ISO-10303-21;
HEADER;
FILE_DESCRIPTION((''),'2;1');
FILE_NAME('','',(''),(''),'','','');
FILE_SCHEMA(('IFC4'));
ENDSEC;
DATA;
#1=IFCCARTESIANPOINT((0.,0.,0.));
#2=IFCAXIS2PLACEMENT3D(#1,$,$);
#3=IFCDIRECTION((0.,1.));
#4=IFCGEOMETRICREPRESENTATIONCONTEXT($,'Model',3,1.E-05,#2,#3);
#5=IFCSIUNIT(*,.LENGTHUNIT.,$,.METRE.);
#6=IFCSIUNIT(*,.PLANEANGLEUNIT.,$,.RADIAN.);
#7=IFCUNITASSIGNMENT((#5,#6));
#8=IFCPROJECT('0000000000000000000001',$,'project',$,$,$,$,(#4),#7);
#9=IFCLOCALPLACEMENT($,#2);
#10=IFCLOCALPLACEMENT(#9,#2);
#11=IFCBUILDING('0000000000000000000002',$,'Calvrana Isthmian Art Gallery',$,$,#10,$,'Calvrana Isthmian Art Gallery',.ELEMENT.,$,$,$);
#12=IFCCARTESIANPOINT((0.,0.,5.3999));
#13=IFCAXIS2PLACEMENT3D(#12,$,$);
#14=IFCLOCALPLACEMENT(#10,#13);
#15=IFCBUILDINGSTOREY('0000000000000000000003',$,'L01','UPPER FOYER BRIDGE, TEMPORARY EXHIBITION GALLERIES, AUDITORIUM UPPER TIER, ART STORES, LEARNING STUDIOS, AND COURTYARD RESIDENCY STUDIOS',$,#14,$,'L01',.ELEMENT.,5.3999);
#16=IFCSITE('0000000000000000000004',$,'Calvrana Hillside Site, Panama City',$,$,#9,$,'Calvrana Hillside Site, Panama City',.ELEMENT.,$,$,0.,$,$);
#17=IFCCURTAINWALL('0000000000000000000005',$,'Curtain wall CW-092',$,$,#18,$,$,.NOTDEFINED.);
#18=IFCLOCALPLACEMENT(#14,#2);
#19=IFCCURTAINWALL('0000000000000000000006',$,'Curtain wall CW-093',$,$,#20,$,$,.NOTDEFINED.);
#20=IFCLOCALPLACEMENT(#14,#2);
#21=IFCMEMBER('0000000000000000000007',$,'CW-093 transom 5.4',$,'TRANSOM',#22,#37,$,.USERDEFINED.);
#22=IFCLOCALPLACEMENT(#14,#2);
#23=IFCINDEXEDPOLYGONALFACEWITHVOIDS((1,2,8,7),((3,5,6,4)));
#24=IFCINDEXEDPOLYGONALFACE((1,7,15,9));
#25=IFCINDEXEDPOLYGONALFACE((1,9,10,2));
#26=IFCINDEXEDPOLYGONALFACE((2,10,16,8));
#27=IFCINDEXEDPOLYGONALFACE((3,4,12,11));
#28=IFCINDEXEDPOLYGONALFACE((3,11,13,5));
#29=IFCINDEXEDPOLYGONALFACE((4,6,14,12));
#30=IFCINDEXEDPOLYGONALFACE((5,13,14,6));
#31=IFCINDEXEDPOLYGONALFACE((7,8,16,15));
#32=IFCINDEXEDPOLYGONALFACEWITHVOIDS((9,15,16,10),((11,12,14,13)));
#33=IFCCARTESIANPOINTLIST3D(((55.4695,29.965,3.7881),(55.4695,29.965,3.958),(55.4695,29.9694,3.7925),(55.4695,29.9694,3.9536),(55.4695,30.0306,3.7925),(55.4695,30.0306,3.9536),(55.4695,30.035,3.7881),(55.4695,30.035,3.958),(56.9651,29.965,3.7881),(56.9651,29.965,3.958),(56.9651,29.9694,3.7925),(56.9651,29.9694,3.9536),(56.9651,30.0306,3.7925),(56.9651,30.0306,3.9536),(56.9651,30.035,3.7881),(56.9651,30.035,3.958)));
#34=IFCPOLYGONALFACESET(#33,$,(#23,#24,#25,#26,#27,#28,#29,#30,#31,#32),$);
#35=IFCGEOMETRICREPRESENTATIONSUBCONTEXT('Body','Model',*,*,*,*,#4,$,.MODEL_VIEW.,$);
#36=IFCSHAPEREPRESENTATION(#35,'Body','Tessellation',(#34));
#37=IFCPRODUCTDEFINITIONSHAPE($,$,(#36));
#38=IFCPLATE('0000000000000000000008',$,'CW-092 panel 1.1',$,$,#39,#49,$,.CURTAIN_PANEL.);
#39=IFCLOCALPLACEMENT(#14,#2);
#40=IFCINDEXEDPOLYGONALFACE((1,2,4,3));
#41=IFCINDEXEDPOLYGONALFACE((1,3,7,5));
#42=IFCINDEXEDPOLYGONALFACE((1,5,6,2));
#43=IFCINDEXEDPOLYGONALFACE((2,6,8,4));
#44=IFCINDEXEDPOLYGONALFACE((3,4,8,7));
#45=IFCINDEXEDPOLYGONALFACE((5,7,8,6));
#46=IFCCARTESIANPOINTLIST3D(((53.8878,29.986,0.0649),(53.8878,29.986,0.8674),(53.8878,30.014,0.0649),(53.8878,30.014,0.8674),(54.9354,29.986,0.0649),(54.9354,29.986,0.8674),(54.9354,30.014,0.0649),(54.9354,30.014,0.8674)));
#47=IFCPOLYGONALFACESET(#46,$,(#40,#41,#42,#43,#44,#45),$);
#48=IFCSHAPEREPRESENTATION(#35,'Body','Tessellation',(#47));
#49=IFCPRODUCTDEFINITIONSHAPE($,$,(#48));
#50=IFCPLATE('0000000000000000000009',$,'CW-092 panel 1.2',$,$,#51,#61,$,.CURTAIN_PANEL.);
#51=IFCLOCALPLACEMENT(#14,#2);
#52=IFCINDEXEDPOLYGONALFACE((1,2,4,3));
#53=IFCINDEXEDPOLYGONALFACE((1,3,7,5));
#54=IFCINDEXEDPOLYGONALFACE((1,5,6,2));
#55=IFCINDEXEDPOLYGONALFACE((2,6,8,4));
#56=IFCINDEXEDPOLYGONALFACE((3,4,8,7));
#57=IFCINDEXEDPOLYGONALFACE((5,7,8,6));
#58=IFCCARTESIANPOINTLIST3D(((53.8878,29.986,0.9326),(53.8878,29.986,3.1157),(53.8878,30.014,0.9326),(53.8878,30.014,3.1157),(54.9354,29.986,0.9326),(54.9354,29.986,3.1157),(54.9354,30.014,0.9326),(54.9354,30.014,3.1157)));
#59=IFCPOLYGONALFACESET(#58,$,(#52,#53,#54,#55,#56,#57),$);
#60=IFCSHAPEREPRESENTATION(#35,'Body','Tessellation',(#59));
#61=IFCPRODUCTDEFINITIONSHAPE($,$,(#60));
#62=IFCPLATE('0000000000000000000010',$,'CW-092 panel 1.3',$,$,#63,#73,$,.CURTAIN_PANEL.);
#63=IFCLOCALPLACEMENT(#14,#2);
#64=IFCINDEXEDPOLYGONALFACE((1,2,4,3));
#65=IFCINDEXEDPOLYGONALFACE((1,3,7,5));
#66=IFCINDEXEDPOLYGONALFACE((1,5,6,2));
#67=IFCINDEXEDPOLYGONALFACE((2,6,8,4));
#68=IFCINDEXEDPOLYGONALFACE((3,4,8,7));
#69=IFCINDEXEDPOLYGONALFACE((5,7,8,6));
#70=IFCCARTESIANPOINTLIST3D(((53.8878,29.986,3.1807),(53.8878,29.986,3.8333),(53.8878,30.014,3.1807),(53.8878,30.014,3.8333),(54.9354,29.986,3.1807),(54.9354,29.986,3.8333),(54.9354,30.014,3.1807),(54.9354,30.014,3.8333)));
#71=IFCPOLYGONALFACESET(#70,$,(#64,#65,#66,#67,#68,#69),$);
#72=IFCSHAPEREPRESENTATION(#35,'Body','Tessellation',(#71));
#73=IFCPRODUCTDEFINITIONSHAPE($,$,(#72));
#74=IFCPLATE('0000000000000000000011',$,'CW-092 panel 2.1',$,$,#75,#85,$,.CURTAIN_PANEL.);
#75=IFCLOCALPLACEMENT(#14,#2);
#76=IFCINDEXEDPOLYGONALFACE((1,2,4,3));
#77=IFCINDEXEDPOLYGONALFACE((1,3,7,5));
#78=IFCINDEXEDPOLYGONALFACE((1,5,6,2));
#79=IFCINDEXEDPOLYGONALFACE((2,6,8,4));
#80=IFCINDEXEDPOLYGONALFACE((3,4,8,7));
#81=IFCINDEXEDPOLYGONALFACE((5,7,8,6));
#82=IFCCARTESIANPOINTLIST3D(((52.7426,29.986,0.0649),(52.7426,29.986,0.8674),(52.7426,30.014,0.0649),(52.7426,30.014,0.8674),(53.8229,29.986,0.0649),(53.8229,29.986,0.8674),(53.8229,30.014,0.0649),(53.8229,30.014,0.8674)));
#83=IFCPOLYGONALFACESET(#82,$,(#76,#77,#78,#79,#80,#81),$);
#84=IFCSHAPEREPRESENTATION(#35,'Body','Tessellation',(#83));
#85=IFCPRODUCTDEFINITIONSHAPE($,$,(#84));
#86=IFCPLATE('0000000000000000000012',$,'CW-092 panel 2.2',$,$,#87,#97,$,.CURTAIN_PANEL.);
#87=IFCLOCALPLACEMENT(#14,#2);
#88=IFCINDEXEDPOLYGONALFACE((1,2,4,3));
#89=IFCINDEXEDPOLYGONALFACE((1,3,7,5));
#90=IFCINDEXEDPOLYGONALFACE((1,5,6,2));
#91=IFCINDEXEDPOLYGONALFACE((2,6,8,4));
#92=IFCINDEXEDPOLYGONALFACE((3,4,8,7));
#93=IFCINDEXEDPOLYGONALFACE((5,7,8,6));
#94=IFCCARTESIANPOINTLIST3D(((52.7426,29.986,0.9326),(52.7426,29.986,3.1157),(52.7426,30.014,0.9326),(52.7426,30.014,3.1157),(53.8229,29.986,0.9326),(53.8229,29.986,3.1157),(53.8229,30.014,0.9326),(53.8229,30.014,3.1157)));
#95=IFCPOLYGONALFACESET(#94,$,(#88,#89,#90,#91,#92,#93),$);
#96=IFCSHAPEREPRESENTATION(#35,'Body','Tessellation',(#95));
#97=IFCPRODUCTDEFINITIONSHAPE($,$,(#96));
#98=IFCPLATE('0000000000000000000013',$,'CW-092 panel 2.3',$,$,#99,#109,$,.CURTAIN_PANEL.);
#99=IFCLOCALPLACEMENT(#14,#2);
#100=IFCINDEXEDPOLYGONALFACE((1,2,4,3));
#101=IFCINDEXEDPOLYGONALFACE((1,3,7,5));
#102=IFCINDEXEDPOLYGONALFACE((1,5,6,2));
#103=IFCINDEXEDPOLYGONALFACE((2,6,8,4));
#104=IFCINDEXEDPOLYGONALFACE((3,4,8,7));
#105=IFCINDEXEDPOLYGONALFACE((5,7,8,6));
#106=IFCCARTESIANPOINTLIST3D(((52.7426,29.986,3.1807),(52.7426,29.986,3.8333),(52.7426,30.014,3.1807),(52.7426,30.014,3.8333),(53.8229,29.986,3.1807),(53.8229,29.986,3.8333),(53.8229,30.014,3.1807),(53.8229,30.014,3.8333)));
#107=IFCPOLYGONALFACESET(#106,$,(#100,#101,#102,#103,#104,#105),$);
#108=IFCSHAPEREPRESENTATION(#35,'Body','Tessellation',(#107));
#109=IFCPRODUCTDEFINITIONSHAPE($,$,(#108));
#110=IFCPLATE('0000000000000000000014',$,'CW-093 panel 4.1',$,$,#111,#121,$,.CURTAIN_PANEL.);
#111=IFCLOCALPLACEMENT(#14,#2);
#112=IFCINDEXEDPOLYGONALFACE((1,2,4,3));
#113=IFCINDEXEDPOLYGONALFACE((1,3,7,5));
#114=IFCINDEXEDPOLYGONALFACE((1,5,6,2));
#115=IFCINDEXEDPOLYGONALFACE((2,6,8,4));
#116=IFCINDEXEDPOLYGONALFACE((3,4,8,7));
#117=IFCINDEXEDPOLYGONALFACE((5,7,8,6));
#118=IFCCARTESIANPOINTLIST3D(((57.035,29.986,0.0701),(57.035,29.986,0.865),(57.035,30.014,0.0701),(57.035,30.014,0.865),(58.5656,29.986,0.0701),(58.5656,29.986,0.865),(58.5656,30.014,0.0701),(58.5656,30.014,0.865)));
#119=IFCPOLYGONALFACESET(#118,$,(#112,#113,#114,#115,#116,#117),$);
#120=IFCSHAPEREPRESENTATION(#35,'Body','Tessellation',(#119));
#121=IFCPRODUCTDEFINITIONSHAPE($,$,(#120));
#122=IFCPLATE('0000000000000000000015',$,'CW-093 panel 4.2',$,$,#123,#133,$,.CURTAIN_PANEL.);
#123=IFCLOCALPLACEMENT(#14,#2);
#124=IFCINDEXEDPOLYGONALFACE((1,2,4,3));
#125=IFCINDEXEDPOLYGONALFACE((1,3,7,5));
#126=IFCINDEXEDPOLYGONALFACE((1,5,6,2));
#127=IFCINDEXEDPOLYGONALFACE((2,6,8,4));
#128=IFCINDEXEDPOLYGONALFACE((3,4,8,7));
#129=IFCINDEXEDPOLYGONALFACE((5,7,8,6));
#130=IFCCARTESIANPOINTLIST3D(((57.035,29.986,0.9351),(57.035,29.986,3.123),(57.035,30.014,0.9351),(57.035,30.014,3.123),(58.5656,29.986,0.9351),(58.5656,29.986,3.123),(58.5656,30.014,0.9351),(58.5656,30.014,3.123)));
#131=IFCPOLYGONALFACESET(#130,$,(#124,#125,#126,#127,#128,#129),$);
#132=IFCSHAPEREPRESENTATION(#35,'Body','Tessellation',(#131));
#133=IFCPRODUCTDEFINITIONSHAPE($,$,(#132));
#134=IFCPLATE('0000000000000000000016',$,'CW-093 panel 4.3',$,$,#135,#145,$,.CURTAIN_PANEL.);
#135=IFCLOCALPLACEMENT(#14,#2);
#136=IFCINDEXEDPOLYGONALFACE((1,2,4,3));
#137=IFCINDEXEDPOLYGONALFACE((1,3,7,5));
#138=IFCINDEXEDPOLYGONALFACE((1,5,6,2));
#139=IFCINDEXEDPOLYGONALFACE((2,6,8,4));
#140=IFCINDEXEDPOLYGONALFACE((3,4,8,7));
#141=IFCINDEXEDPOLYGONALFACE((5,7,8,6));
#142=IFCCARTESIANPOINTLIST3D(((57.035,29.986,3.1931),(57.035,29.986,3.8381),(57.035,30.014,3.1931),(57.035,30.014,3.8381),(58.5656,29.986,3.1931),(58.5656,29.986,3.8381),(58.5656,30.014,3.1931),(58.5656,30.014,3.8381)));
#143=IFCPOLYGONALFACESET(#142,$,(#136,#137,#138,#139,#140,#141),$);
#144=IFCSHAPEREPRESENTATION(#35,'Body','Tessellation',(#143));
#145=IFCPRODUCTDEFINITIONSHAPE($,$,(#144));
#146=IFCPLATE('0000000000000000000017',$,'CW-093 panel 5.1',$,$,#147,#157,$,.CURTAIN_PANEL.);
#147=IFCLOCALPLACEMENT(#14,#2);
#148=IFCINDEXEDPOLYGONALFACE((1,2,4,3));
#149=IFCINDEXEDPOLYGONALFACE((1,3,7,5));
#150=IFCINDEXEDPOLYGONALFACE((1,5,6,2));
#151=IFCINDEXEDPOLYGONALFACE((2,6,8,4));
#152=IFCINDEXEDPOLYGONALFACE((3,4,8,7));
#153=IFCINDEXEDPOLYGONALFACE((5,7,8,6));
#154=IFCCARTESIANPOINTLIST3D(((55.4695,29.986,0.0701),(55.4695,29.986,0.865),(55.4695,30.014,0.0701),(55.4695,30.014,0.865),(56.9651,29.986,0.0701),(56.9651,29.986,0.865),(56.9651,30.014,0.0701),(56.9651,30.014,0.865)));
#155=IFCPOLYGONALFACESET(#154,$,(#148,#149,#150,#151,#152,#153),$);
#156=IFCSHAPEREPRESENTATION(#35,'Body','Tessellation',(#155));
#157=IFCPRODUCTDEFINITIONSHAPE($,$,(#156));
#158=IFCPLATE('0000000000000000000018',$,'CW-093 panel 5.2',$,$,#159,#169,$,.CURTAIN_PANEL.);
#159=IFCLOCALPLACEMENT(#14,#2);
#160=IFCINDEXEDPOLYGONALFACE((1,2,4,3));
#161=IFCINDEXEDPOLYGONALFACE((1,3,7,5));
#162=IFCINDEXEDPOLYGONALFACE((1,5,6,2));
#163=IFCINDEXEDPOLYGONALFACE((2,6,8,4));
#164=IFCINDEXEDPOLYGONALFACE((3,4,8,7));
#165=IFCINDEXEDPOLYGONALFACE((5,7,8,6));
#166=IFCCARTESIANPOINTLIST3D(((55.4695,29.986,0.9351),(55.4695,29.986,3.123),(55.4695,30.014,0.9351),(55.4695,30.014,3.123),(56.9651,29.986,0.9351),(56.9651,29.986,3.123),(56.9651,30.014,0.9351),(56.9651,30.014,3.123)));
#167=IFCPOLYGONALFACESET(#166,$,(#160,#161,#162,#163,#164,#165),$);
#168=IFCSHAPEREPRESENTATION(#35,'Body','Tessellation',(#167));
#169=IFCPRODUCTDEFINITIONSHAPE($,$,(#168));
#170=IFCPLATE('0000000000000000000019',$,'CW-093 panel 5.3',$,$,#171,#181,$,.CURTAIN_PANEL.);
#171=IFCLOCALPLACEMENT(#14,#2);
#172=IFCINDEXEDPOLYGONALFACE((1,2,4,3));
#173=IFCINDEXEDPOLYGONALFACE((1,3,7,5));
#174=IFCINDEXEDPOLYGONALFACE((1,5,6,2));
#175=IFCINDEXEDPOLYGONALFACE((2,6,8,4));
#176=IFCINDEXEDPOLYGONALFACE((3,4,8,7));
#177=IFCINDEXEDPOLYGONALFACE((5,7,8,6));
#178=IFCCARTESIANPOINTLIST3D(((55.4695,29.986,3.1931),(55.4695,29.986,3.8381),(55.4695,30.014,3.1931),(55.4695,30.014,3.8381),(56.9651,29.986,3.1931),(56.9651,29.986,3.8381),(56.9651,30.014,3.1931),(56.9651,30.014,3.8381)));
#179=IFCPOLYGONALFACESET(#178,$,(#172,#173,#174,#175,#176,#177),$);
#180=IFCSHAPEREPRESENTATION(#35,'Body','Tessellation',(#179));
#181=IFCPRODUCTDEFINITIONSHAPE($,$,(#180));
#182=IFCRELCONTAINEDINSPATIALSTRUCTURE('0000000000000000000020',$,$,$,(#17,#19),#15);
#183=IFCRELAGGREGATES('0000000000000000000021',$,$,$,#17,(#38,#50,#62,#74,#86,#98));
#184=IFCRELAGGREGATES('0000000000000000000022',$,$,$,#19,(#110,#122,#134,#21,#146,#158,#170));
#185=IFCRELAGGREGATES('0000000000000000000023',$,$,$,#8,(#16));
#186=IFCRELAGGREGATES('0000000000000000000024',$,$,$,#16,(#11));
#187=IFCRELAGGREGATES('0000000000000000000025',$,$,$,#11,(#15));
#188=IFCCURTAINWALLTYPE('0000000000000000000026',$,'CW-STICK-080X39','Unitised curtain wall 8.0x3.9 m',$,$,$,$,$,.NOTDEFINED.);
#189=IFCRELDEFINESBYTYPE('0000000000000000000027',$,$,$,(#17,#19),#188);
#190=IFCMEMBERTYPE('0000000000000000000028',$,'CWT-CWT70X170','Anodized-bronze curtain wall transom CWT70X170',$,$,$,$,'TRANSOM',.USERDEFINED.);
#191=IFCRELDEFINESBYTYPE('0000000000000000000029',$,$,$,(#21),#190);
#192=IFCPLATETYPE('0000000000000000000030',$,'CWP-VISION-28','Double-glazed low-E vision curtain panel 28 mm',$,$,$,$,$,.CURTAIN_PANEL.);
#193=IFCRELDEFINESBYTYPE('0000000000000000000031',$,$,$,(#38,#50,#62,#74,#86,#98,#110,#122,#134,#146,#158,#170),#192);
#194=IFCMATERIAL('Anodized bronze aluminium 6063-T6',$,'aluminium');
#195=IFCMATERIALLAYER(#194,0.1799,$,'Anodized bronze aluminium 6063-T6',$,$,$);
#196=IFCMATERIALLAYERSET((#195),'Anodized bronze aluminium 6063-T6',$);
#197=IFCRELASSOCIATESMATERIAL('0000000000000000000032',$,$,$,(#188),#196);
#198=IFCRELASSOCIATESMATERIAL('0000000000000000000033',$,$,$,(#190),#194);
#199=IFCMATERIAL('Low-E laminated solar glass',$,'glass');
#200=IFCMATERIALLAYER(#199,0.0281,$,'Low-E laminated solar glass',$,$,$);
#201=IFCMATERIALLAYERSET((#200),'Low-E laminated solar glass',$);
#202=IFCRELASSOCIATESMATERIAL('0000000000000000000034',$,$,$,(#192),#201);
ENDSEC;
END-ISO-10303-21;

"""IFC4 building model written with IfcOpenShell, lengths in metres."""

from ifc_helpers import new_model, si_unit, direction, frame, origin, origin_2d, place, context, subcontext, project, spatial, rectangle, hollow_rectangle, extrude, material, layer, layer_set, material_profile, profile_set, type_object, element, aggregate, save


model = new_model("IFC4")

# Units and contexts
model_context = context("Model", 3, precision=1e-05, world=origin(), true_north=direction((0.0, 1.0)))
body_context = subcontext(model_context, "Body", "Model", "MODEL_VIEW")
ifc_project = project(units=[si_unit("LENGTHUNIT", "METRE"), si_unit("PLANEANGLEUNIT", "RADIAN")], contexts=[model_context])

# Site, building, storey
site_placement = place(None, origin())
site = spatial("IfcSite", under=ifc_project, at=site_placement, Name="Calvrana Hillside Site, Panama City", LongName="Calvrana Hillside Site, Panama City", CompositionType="ELEMENT", RefElevation=0.0)
building_placement = place(site_placement, origin())
building = spatial("IfcBuilding", under=site, at=building_placement, Name="Calvrana Isthmian Art Gallery", LongName="Calvrana Isthmian Art Gallery", CompositionType="ELEMENT")
storey_placement = place(building_placement, frame((0.0, 0.0, 5.3999)))
storey = spatial("IfcBuildingStorey", under=building, at=storey_placement, Name="L01", Description="UPPER FOYER BRIDGE, TEMPORARY EXHIBITION GALLERIES, AUDITORIUM UPPER TIER, ART STORES, LEARNING STUDIOS, AND COURTYARD RESIDENCY STUDIOS", LongName="L01", CompositionType="ELEMENT", Elevation=5.3999)

# Curtain walls
ifc_material_1 = material(Name="Anodized bronze aluminium 6063-T6", Category="aluminium")
ifc_layer_1 = layer(ifc_material_1, 0.1799, Name="Anodized bronze aluminium 6063-T6")
ifc_layer_set_1 = layer_set([ifc_layer_1], Name="Anodized bronze aluminium 6063-T6")
curtain_wall_type = type_object("IfcCurtainWallType", Name="CW-STICK-080X39", Description="Unitised curtain wall 8.0x3.9 m", PredefinedType="NOTDEFINED", material=ifc_layer_set_1)
curtain_wall_1_placement = place(storey_placement, origin())
curtain_wall_1 = element("IfcCurtainWall", 1, at=curtain_wall_1_placement, inside=storey, type_object=curtain_wall_type, Name="Curtain wall CW-092", PredefinedType="NOTDEFINED")
curtain_wall_2_placement = place(storey_placement, origin())
curtain_wall_2 = element("IfcCurtainWall", 2, at=curtain_wall_2_placement, inside=storey, type_object=curtain_wall_type, Name="Curtain wall CW-093", PredefinedType="NOTDEFINED")

# Member
ifc_material_profile_1 = material_profile(ifc_material_1, hollow_rectangle(XDim=0.0701, YDim=0.1699, WallThickness=0.0044, at=origin_2d()), Name="CWT70X170")
ifc_profile_set_1 = profile_set([ifc_material_profile_1], Name="Anodized bronze aluminium 6063-T6")
member_type_1 = type_object("IfcMemberType", Name="CWT-CWT70X170", Description="Anodized-bronze curtain wall transom CWT70X170", ElementType="TRANSOM", PredefinedType="USERDEFINED", material=ifc_profile_set_1)
member_1_placement = place(storey_placement, frame((56.9651, 30.0, 3.873), z_axis=(-1.0, 0.0, 0.0), x_axis=(0.0, -1.0, 0.0)))
member_1 = element("IfcMember", 3, at=member_1_placement, type_object=member_type_1, Name="CW-093 transom 5.4", ObjectType="TRANSOM", PredefinedType="USERDEFINED", context=body_context, shape_type="SweptSolid", body=[
    extrude(hollow_rectangle(XDim=0.0701, YDim=0.1699, WallThickness=0.0044, at=origin_2d()), origin(), (0.0, 0.0, 1.0), 1.4956),
])

# Plates
ifc_material_2 = material(Name="Low-E laminated solar glass", Category="glass")
ifc_layer_2 = layer(ifc_material_2, 0.0281, Name="Low-E laminated solar glass")
ifc_layer_set_2 = layer_set([ifc_layer_2], Name="Low-E laminated solar glass")
plate_type = type_object("IfcPlateType", Name="CWP-VISION-28", Description="Double-glazed low-E vision curtain panel 28 mm", PredefinedType="CURTAIN_PANEL", material=ifc_layer_set_2)
plate_1_placement = place(storey_placement, frame((54.4116, 30.0, 0.0649), z_axis=(0.0, 0.0, 1.0), x_axis=(-1.0, 0.0, 0.0)))
plate_1 = element("IfcPlate", 4, at=plate_1_placement, type_object=plate_type, Name="CW-092 panel 1.1", PredefinedType="CURTAIN_PANEL", context=body_context, shape_type="SweptSolid", body=[
    extrude(rectangle(XDim=1.0476, YDim=0.0281, at=origin_2d()), origin(), (0.0, 0.0, 1.0), 0.8025),
])
plate_2_placement = place(storey_placement, frame((54.4116, 30.0, 0.9326), z_axis=(0.0, 0.0, 1.0), x_axis=(-1.0, 0.0, 0.0)))
plate_2 = element("IfcPlate", 5, at=plate_2_placement, type_object=plate_type, Name="CW-092 panel 1.2", PredefinedType="CURTAIN_PANEL", context=body_context, shape_type="SweptSolid", body=[
    extrude(rectangle(XDim=1.0476, YDim=0.0281, at=origin_2d()), origin(), (0.0, 0.0, 1.0), 2.1831),
])
plate_3_placement = place(storey_placement, frame((54.4116, 30.0, 3.1807), z_axis=(0.0, 0.0, 1.0), x_axis=(-1.0, 0.0, 0.0)))
plate_3 = element("IfcPlate", 6, at=plate_3_placement, type_object=plate_type, Name="CW-092 panel 1.3", PredefinedType="CURTAIN_PANEL", context=body_context, shape_type="SweptSolid", body=[
    extrude(rectangle(XDim=1.0476, YDim=0.0281, at=origin_2d()), origin(), (0.0, 0.0, 1.0), 0.6526),
])
plate_4_placement = place(storey_placement, frame((53.2827, 30.0, 0.0649), z_axis=(0.0, 0.0, 1.0), x_axis=(-1.0, 0.0, 0.0)))
plate_4 = element("IfcPlate", 7, at=plate_4_placement, type_object=plate_type, Name="CW-092 panel 2.1", PredefinedType="CURTAIN_PANEL", context=body_context, shape_type="SweptSolid", body=[
    extrude(rectangle(XDim=1.0803, YDim=0.0281, at=origin_2d()), origin(), (0.0, 0.0, 1.0), 0.8025),
])
plate_5_placement = place(storey_placement, frame((53.2827, 30.0, 0.9326), z_axis=(0.0, 0.0, 1.0), x_axis=(-1.0, 0.0, 0.0)))
plate_5 = element("IfcPlate", 8, at=plate_5_placement, type_object=plate_type, Name="CW-092 panel 2.2", PredefinedType="CURTAIN_PANEL", context=body_context, shape_type="SweptSolid", body=[
    extrude(rectangle(XDim=1.0803, YDim=0.0281, at=origin_2d()), origin(), (0.0, 0.0, 1.0), 2.1831),
])
plate_6_placement = place(storey_placement, frame((53.2827, 30.0, 3.1807), z_axis=(0.0, 0.0, 1.0), x_axis=(-1.0, 0.0, 0.0)))
plate_6 = element("IfcPlate", 9, at=plate_6_placement, type_object=plate_type, Name="CW-092 panel 2.3", PredefinedType="CURTAIN_PANEL", context=body_context, shape_type="SweptSolid", body=[
    extrude(rectangle(XDim=1.0803, YDim=0.0281, at=origin_2d()), origin(), (0.0, 0.0, 1.0), 0.6526),
])
aggregate(curtain_wall_1, [plate_1, plate_2, plate_3, plate_4, plate_5, plate_6])
plate_7_placement = place(storey_placement, frame((57.8003, 30.0, 0.0701), z_axis=(0.0, 0.0, 1.0), x_axis=(-1.0, 0.0, 0.0)))
plate_7 = element("IfcPlate", 10, at=plate_7_placement, type_object=plate_type, Name="CW-093 panel 4.1", PredefinedType="CURTAIN_PANEL", context=body_context, shape_type="SweptSolid", body=[
    extrude(rectangle(XDim=1.5305, YDim=0.0281, at=origin_2d()), origin(), (0.0, 0.0, 1.0), 0.7949),
])
plate_8_placement = place(storey_placement, frame((57.8003, 30.0, 0.9351), z_axis=(0.0, 0.0, 1.0), x_axis=(-1.0, 0.0, 0.0)))
plate_8 = element("IfcPlate", 11, at=plate_8_placement, type_object=plate_type, Name="CW-093 panel 4.2", PredefinedType="CURTAIN_PANEL", context=body_context, shape_type="SweptSolid", body=[
    extrude(rectangle(XDim=1.5305, YDim=0.0281, at=origin_2d()), origin(), (0.0, 0.0, 1.0), 2.188),
])
plate_9_placement = place(storey_placement, frame((57.8003, 30.0, 3.1931), z_axis=(0.0, 0.0, 1.0), x_axis=(-1.0, 0.0, 0.0)))
plate_9 = element("IfcPlate", 12, at=plate_9_placement, type_object=plate_type, Name="CW-093 panel 4.3", PredefinedType="CURTAIN_PANEL", context=body_context, shape_type="SweptSolid", body=[
    extrude(rectangle(XDim=1.5305, YDim=0.0281, at=origin_2d()), origin(), (0.0, 0.0, 1.0), 0.645),
])
plate_10_placement = place(storey_placement, frame((56.2173, 30.0, 0.0701), z_axis=(0.0, 0.0, 1.0), x_axis=(-1.0, 0.0, 0.0)))
plate_10 = element("IfcPlate", 13, at=plate_10_placement, type_object=plate_type, Name="CW-093 panel 5.1", PredefinedType="CURTAIN_PANEL", context=body_context, shape_type="SweptSolid", body=[
    extrude(rectangle(XDim=1.4956, YDim=0.0281, at=origin_2d()), origin(), (0.0, 0.0, 1.0), 0.7949),
])
plate_11_placement = place(storey_placement, frame((56.2173, 30.0, 0.9351), z_axis=(0.0, 0.0, 1.0), x_axis=(-1.0, 0.0, 0.0)))
plate_11 = element("IfcPlate", 14, at=plate_11_placement, type_object=plate_type, Name="CW-093 panel 5.2", PredefinedType="CURTAIN_PANEL", context=body_context, shape_type="SweptSolid", body=[
    extrude(rectangle(XDim=1.4956, YDim=0.0281, at=origin_2d()), origin(), (0.0, 0.0, 1.0), 2.188),
])
plate_12_placement = place(storey_placement, frame((56.2173, 30.0, 3.1931), z_axis=(0.0, 0.0, 1.0), x_axis=(-1.0, 0.0, 0.0)))
plate_12 = element("IfcPlate", 15, at=plate_12_placement, type_object=plate_type, Name="CW-093 panel 5.3", PredefinedType="CURTAIN_PANEL", context=body_context, shape_type="SweptSolid", body=[
    extrude(rectangle(XDim=1.4956, YDim=0.0281, at=origin_2d()), origin(), (0.0, 0.0, 1.0), 0.645),
])
aggregate(curtain_wall_2, [plate_7, plate_8, plate_9, member_1, plate_10, plate_11, plate_12])

save(model, "model.ifc")
